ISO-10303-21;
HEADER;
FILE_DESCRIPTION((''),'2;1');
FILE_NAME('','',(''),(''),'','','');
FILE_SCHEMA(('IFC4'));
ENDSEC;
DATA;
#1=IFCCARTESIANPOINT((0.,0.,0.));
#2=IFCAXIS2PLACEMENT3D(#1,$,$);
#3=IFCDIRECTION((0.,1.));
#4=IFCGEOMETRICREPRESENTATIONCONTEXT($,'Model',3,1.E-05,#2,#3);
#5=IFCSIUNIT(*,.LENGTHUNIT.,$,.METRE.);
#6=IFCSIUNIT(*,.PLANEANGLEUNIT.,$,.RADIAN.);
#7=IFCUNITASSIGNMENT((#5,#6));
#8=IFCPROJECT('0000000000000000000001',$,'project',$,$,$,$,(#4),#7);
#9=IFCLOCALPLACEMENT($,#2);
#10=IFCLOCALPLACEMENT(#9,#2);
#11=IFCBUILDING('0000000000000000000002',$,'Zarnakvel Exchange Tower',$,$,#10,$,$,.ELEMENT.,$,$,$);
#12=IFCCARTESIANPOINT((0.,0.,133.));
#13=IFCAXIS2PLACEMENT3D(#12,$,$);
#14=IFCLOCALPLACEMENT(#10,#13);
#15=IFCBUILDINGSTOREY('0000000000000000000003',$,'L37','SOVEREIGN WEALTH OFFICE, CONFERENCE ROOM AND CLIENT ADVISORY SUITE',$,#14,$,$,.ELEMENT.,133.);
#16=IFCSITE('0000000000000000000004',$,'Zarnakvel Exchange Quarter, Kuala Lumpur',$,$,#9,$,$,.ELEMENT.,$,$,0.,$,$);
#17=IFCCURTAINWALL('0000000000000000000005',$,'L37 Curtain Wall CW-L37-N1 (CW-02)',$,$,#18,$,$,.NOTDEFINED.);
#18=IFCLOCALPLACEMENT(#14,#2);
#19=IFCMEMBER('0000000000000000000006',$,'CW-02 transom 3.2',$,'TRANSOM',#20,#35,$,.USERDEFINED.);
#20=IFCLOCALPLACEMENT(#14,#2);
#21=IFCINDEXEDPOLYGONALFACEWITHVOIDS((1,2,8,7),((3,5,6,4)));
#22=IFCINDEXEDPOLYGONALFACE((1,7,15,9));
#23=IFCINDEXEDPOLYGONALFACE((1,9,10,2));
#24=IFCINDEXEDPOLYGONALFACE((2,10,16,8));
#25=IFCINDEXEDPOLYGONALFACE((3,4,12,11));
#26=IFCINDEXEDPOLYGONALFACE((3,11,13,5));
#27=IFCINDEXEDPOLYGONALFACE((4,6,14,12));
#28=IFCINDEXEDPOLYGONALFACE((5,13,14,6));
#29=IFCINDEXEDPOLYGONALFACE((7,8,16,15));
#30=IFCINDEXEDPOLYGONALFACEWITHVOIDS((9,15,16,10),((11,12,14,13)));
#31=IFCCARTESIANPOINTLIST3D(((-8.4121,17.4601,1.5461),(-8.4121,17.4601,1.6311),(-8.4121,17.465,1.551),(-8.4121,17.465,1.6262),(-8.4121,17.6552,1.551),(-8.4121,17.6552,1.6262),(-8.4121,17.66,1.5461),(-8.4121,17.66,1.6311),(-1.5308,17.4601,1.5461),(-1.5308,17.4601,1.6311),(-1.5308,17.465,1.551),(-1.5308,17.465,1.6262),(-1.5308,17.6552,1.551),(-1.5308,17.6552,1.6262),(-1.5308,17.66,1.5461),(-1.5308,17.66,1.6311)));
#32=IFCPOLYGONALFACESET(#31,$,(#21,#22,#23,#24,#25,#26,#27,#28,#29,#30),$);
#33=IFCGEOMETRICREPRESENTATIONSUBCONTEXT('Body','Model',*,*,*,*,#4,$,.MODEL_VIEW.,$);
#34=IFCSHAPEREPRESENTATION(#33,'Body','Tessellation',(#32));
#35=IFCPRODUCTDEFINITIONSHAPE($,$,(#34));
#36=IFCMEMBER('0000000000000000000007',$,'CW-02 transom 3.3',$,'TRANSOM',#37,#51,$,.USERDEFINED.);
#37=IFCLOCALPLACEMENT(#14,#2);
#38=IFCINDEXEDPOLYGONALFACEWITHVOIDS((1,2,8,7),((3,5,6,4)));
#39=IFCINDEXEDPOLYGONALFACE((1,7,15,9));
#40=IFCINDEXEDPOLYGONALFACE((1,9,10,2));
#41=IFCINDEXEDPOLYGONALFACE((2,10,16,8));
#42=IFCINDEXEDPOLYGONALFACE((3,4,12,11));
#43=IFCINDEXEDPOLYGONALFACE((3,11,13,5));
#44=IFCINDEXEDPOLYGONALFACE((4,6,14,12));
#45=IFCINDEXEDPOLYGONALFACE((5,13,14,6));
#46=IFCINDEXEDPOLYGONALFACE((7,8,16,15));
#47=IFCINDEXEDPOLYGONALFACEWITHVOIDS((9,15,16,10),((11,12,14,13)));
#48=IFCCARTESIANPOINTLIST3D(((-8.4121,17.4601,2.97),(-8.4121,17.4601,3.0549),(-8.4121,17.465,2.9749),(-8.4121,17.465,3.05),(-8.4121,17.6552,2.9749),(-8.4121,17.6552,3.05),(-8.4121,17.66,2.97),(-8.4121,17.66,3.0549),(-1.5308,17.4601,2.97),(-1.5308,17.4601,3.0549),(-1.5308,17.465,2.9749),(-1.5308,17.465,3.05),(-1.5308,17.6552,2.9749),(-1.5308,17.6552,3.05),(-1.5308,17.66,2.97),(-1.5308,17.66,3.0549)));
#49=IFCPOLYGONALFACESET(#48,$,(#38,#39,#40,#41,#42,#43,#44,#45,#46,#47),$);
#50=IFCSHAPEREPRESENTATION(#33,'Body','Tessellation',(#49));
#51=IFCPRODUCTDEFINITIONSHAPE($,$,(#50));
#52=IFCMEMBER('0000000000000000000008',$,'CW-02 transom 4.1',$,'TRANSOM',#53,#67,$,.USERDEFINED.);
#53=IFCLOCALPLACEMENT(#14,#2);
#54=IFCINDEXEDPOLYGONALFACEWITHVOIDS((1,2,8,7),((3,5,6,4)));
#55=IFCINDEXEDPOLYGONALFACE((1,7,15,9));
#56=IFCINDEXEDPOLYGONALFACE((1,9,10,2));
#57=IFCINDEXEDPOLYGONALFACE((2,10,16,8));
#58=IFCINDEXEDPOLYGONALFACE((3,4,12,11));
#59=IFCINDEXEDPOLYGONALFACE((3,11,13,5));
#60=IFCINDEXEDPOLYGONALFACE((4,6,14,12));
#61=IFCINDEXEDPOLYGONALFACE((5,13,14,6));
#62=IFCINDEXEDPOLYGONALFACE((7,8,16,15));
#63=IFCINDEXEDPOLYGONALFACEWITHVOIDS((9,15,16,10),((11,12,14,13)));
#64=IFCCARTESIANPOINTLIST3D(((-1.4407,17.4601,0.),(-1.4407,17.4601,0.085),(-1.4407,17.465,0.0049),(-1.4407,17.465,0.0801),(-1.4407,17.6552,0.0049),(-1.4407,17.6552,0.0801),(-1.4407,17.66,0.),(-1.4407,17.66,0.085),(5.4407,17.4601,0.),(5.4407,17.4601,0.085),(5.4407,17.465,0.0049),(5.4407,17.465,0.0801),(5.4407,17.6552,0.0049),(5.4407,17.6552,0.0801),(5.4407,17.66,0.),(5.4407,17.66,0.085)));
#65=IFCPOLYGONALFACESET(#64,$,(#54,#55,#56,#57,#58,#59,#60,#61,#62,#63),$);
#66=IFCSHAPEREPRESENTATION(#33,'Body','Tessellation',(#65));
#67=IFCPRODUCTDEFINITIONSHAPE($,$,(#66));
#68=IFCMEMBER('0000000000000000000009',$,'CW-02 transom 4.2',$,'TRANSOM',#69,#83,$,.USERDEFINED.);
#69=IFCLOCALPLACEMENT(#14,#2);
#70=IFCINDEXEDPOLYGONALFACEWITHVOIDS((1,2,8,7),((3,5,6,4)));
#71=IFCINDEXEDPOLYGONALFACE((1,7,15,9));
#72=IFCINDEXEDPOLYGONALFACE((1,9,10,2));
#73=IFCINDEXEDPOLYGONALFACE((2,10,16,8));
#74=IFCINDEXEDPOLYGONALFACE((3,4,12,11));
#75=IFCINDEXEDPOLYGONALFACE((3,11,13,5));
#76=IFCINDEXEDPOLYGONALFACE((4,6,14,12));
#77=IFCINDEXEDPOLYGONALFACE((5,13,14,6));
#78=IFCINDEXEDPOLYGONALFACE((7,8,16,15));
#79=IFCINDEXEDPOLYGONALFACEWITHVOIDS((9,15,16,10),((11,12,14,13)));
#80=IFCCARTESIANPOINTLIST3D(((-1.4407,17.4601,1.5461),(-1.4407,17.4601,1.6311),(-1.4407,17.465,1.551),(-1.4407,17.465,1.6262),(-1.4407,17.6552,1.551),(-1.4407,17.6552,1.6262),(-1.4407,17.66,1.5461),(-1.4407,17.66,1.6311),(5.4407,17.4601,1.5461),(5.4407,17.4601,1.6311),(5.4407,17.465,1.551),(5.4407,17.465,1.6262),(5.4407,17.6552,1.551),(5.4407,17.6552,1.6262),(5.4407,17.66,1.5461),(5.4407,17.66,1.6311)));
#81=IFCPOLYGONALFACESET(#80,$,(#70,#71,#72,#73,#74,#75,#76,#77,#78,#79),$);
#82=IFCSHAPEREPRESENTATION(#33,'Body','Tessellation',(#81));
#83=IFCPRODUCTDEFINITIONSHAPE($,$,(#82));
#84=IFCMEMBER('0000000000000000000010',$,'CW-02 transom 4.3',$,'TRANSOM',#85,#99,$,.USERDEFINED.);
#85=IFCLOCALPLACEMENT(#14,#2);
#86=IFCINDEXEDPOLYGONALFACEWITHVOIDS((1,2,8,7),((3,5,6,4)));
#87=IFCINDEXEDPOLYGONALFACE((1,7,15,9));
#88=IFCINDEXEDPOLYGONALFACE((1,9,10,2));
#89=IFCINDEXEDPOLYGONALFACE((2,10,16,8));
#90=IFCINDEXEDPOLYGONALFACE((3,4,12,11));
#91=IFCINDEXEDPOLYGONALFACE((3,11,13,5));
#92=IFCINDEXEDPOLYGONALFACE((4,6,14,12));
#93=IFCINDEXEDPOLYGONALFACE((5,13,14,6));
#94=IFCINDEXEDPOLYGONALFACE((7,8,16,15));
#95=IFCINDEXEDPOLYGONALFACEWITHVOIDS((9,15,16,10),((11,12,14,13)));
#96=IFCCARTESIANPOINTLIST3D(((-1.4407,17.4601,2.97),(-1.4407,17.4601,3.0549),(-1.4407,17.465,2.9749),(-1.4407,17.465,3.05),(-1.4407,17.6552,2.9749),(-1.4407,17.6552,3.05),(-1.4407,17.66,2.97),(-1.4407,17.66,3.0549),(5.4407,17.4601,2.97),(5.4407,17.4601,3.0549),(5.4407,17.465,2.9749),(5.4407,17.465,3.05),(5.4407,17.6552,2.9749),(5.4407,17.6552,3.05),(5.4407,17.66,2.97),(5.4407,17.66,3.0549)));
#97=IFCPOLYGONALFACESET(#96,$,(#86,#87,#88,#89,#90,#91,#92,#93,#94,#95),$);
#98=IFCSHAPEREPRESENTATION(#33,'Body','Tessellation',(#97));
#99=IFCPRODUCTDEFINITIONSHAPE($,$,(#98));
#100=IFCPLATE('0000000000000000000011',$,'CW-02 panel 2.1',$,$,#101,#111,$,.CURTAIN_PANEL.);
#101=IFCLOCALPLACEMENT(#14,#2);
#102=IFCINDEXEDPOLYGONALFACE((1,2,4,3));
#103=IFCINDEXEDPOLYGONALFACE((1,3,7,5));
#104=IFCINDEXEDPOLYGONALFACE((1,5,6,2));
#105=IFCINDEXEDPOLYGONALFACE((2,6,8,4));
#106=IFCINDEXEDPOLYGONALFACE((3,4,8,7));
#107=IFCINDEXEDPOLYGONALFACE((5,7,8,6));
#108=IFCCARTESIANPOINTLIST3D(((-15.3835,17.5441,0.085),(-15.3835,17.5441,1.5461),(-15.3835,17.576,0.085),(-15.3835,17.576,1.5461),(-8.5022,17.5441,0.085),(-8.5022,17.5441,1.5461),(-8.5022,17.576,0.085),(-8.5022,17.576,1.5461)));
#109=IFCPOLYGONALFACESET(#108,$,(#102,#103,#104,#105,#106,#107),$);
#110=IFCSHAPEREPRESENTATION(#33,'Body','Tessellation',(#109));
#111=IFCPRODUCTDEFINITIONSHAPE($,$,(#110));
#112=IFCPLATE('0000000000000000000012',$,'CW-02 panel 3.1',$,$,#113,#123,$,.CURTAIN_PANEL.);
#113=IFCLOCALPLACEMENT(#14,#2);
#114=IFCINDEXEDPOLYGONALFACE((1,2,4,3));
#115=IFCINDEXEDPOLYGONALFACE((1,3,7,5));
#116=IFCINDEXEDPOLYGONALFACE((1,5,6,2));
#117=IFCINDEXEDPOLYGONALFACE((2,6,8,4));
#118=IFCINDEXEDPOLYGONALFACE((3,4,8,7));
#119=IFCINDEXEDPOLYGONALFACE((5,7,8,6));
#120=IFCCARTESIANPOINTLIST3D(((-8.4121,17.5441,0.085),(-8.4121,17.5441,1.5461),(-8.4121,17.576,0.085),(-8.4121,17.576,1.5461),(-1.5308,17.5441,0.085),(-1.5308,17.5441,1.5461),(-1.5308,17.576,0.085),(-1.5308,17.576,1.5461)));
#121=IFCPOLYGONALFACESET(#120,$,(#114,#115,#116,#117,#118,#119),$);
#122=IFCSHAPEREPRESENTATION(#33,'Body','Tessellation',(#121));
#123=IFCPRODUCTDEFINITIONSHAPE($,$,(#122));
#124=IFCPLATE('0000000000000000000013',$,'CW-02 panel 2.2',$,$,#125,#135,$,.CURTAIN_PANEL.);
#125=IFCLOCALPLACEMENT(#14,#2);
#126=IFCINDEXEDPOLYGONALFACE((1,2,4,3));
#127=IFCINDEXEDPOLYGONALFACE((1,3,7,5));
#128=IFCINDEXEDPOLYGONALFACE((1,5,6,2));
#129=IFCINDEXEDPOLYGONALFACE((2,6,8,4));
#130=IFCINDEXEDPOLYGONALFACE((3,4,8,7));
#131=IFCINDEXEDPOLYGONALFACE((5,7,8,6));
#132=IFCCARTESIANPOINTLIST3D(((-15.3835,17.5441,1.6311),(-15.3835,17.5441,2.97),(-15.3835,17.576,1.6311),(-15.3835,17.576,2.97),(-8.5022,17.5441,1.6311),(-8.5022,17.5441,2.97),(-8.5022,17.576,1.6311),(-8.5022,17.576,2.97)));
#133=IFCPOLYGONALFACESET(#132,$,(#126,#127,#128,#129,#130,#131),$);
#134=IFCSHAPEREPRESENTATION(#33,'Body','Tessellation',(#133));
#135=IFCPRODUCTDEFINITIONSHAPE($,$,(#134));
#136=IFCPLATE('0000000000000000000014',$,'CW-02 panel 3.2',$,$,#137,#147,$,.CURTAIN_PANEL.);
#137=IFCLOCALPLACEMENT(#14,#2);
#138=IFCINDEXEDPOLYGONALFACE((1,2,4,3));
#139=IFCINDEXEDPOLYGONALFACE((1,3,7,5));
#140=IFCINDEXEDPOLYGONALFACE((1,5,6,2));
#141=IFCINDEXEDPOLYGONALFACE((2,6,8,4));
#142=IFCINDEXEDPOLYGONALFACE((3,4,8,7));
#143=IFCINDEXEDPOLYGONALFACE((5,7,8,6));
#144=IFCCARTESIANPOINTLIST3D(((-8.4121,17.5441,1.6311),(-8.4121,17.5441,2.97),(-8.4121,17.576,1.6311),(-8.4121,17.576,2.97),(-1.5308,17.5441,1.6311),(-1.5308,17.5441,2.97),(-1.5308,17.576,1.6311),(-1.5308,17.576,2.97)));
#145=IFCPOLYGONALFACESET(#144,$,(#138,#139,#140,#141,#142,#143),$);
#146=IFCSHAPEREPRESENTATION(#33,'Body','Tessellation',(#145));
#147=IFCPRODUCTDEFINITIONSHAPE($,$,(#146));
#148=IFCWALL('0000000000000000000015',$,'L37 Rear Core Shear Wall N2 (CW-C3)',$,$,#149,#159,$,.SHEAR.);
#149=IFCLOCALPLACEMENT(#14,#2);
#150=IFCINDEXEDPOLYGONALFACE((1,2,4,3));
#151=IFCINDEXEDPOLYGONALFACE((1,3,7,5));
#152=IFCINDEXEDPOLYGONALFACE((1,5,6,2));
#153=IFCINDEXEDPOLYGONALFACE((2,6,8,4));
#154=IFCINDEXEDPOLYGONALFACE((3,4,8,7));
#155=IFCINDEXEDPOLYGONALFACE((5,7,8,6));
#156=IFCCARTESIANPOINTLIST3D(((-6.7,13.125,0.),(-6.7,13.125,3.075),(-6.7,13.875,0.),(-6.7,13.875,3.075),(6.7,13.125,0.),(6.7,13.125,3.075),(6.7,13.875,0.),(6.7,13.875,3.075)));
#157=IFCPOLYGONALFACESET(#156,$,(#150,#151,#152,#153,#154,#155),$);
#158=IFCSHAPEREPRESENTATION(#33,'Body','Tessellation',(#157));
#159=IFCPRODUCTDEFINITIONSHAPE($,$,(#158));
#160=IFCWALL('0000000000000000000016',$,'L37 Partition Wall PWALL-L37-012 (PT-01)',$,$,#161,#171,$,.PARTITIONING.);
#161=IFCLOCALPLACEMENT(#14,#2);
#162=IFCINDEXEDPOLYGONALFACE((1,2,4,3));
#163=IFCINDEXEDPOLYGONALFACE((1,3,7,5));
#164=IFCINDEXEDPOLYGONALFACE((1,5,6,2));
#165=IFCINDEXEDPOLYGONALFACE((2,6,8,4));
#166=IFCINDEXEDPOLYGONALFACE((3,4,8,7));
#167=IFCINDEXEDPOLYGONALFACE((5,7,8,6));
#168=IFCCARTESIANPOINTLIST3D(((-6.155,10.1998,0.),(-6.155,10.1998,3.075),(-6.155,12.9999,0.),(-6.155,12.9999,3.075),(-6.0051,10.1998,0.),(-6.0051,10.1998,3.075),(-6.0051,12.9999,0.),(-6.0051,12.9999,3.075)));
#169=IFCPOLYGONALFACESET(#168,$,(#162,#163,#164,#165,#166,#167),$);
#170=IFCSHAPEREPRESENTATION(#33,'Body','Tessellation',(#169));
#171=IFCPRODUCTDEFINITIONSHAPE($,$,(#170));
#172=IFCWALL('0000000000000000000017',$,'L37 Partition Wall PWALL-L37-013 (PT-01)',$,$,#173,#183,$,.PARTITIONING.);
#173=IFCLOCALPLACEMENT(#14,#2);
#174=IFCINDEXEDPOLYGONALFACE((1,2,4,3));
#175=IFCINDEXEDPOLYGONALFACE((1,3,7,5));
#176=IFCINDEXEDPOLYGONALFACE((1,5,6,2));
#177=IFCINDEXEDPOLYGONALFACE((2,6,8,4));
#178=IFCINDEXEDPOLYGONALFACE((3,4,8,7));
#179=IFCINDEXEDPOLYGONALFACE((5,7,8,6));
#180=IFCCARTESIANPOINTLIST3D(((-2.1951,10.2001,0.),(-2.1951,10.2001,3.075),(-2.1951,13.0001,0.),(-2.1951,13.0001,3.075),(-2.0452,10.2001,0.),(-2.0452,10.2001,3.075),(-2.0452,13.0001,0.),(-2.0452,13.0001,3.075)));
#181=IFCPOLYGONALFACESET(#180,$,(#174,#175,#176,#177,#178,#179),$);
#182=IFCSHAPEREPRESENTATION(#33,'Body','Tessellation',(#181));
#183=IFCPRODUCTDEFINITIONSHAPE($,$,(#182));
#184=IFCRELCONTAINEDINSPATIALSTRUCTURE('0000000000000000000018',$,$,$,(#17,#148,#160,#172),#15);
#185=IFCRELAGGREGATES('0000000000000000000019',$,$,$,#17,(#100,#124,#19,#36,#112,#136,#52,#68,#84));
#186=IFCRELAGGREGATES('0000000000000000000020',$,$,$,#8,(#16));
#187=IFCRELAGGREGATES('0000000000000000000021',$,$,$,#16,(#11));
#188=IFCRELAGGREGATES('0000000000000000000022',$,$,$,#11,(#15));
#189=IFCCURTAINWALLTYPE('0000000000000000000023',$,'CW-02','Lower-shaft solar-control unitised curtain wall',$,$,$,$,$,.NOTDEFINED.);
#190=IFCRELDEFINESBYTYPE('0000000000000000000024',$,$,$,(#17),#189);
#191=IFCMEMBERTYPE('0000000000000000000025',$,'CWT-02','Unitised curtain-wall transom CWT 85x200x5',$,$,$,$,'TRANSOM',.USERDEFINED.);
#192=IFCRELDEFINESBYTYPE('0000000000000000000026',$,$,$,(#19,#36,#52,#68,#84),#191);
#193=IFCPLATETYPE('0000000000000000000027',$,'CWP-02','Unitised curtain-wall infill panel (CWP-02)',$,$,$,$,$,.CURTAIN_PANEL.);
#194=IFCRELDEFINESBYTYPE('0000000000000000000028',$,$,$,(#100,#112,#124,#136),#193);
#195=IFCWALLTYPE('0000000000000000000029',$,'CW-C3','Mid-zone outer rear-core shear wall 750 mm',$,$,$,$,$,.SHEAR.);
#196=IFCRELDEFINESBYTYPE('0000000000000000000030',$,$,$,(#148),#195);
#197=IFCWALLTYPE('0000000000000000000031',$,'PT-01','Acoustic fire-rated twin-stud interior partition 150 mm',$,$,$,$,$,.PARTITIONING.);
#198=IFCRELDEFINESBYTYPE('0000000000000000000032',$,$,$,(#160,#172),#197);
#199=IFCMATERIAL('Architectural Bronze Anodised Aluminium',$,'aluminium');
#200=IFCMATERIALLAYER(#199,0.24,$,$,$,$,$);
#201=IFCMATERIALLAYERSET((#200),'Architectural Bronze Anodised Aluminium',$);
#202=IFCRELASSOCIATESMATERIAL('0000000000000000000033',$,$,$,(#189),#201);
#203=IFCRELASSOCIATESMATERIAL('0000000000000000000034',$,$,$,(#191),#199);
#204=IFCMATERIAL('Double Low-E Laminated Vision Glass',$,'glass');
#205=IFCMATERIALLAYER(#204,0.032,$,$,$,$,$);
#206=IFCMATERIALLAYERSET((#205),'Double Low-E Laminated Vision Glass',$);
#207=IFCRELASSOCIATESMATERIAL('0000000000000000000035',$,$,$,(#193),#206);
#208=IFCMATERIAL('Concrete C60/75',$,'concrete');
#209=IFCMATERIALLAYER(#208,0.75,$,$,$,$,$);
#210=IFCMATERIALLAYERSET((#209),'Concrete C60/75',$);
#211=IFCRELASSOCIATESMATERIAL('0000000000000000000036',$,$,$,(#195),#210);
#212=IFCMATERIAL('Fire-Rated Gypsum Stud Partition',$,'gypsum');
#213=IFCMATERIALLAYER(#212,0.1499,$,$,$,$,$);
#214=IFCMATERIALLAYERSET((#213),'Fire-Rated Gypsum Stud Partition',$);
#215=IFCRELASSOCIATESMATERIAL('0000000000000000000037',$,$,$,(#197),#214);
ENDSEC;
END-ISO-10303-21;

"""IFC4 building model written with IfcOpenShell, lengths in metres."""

from ifc_helpers import new_model, si_unit, direction, frame, frame_2d, origin, origin_2d, place, context, subcontext, project, spatial, rectangle, hollow_rectangle, extrude, source, transform, mapped, material, layer, layer_set, material_profile, profile_set, type_object, element, aggregate, save


model = new_model("IFC4")

# Units and contexts
model_context = context("Model", 3, precision=1e-05, world=origin(), true_north=direction((0.0, 1.0)))
body_context = subcontext(model_context, "Body", "Model", "MODEL_VIEW")
ifc_project = project(units=[si_unit("LENGTHUNIT", "METRE"), si_unit("PLANEANGLEUNIT", "RADIAN")], contexts=[model_context])

# Site, building, storey
site_placement = place(None, origin())
site = spatial("IfcSite", under=ifc_project, at=site_placement, Name="Zarnakvel Exchange Quarter, Kuala Lumpur", CompositionType="ELEMENT", RefElevation=0.0)
building_placement = place(site_placement, origin())
building = spatial("IfcBuilding", under=site, at=building_placement, Name="Zarnakvel Exchange Tower", CompositionType="ELEMENT")
storey_placement = place(building_placement, frame((0.0, 0.0, 133.0)))
storey = spatial("IfcBuildingStorey", under=building, at=storey_placement, Name="L37", Description="SOVEREIGN WEALTH OFFICE, CONFERENCE ROOM AND CLIENT ADVISORY SUITE", CompositionType="ELEMENT", Elevation=133.0)

# Shared definitions
ifc_material_1 = material(Name="Concrete C60/75", Category="concrete")

# Curtain wall, members, plates
ifc_material_2 = material(Name="Architectural Bronze Anodised Aluminium", Category="aluminium")
ifc_layer_1 = layer(ifc_material_2, 0.24)
ifc_layer_set_1 = layer_set([ifc_layer_1], Name="Architectural Bronze Anodised Aluminium")
curtain_wall_type = type_object("IfcCurtainWallType", Name="CW-02", Description="Lower-shaft solar-control unitised curtain wall", PredefinedType="NOTDEFINED", material=ifc_layer_set_1)
curtain_wall_placement = place(storey_placement, origin())
curtain_wall = element("IfcCurtainWall", 1, at=curtain_wall_placement, inside=storey, type_object=curtain_wall_type, Name="L37 Curtain Wall CW-L37-N1 (CW-02)", PredefinedType="NOTDEFINED")
ifc_material_profile_1 = material_profile(ifc_material_2, hollow_rectangle(XDim=0.2, YDim=0.085, WallThickness=0.0049, at=origin_2d()))
ifc_profile_set_1 = profile_set([ifc_material_profile_1], Name="Architectural Bronze Anodised Aluminium")
member_type_1 = type_object("IfcMemberType", Name="CWT-02", Description="Unitised curtain-wall transom CWT 85x200x5", ElementType="TRANSOM", PredefinedType="USERDEFINED", material=ifc_profile_set_1)
shared_shape_1 = source(origin(), body_context, "Body", "SweptSolid", [
    extrude(hollow_rectangle(XDim=0.2, YDim=0.085, WallThickness=0.0049, at=origin_2d()), origin(), (0.0, 0.0, 1.0), 6.8813),
])
member_1_placement = place(storey_placement, frame((-8.4121, 17.5601, 1.5886), z_axis=(1.0, 0.0, 0.0), x_axis=(0.0, 1.0, 0.0)))
member_1 = element("IfcMember", 2, at=member_1_placement, type_object=member_type_1, Name="CW-02 transom 3.2", ObjectType="TRANSOM", PredefinedType="USERDEFINED", context=body_context, shape_type="MappedRepresentation", body=[
    mapped(shared_shape_1, transform((0.0, 0.0, 0.0), x_axis=(1.0, 0.0, 0.0), y_axis=(0.0, 1.0, 0.0), z_axis=(0.0, 0.0, 1.0), scale=1.0)),
])
member_2_placement = place(storey_placement, frame((-8.4121, 17.5601, 3.0125), z_axis=(1.0, 0.0, 0.0), x_axis=(0.0, 1.0, 0.0)))
member_2 = element("IfcMember", 3, at=member_2_placement, type_object=member_type_1, Name="CW-02 transom 3.3", ObjectType="TRANSOM", PredefinedType="USERDEFINED", context=body_context, shape_type="MappedRepresentation", body=[
    mapped(shared_shape_1, transform((0.0, 0.0, 0.0), x_axis=(1.0, 0.0, 0.0), y_axis=(0.0, 1.0, 0.0), z_axis=(0.0, 0.0, 1.0), scale=1.0)),
])
member_3_placement = place(storey_placement, frame((-1.4407, 17.5601, 0.0425), z_axis=(1.0, 0.0, 0.0), x_axis=(0.0, 1.0, 0.0)))
member_3 = element("IfcMember", 4, at=member_3_placement, type_object=member_type_1, Name="CW-02 transom 4.1", ObjectType="TRANSOM", PredefinedType="USERDEFINED", context=body_context, shape_type="MappedRepresentation", body=[
    mapped(shared_shape_1, transform((0.0, 0.0, 0.0), x_axis=(1.0, 0.0, 0.0), y_axis=(0.0, 1.0, 0.0), z_axis=(0.0, 0.0, 1.0), scale=1.0)),
])
member_4_placement = place(storey_placement, frame((-1.4407, 17.5601, 1.5886), z_axis=(1.0, 0.0, 0.0), x_axis=(0.0, 1.0, 0.0)))
member_4 = element("IfcMember", 5, at=member_4_placement, type_object=member_type_1, Name="CW-02 transom 4.2", ObjectType="TRANSOM", PredefinedType="USERDEFINED", context=body_context, shape_type="MappedRepresentation", body=[
    mapped(shared_shape_1, transform((0.0, 0.0, 0.0), x_axis=(1.0, 0.0, 0.0), y_axis=(0.0, 1.0, 0.0), z_axis=(0.0, 0.0, 1.0), scale=1.0)),
])
member_5_placement = place(storey_placement, frame((-1.4407, 17.5601, 3.0125), z_axis=(1.0, 0.0, 0.0), x_axis=(0.0, 1.0, 0.0)))
member_5 = element("IfcMember", 6, at=member_5_placement, type_object=member_type_1, Name="CW-02 transom 4.3", ObjectType="TRANSOM", PredefinedType="USERDEFINED", context=body_context, shape_type="MappedRepresentation", body=[
    mapped(shared_shape_1, transform((0.0, 0.0, 0.0), x_axis=(1.0, 0.0, 0.0), y_axis=(0.0, 1.0, 0.0), z_axis=(0.0, 0.0, 1.0), scale=1.0)),
])
ifc_material_3 = material(Name="Double Low-E Laminated Vision Glass", Category="glass")
ifc_layer_2 = layer(ifc_material_3, 0.032)
ifc_layer_set_2 = layer_set([ifc_layer_2], Name="Double Low-E Laminated Vision Glass")
plate_type = type_object("IfcPlateType", Name="CWP-02", Description="Unitised curtain-wall infill panel (CWP-02)", PredefinedType="CURTAIN_PANEL", material=ifc_layer_set_2)
shared_shape_2 = source(origin(), body_context, "Body", "SweptSolid", [
    extrude(rectangle(XDim=6.8813, YDim=0.032, at=origin_2d()), origin(), (0.0, 0.0, 1.0), 1.4612),
])
plate_1_placement = place(storey_placement, frame((-11.9429, 17.5601, 0.085), z_axis=(0.0, 0.0, 1.0), x_axis=(1.0, 0.0, 0.0)))
plate_1 = element("IfcPlate", 7, at=plate_1_placement, type_object=plate_type, Name="CW-02 panel 2.1", PredefinedType="CURTAIN_PANEL", context=body_context, shape_type="MappedRepresentation", body=[
    mapped(shared_shape_2, transform((0.0, 0.0, 0.0), x_axis=(1.0, 0.0, 0.0), y_axis=(0.0, 1.0, 0.0), z_axis=(0.0, 0.0, 1.0), scale=1.0)),
])
plate_2_placement = place(storey_placement, frame((-4.9714, 17.5601, 0.085), z_axis=(0.0, 0.0, 1.0), x_axis=(1.0, 0.0, 0.0)))
plate_2 = element("IfcPlate", 8, at=plate_2_placement, type_object=plate_type, Name="CW-02 panel 3.1", PredefinedType="CURTAIN_PANEL", context=body_context, shape_type="MappedRepresentation", body=[
    mapped(shared_shape_2, transform((0.0, 0.0, 0.0), x_axis=(1.0, 0.0, 0.0), y_axis=(0.0, 1.0, 0.0), z_axis=(0.0, 0.0, 1.0), scale=1.0)),
])
shared_shape_3 = source(origin(), body_context, "Body", "SweptSolid", [
    extrude(rectangle(XDim=6.8813, YDim=0.032, at=origin_2d()), origin(), (0.0, 0.0, 1.0), 1.3389),
])
plate_3_placement = place(storey_placement, frame((-11.9429, 17.5601, 1.6311), z_axis=(0.0, 0.0, 1.0), x_axis=(1.0, 0.0, 0.0)))
plate_3 = element("IfcPlate", 9, at=plate_3_placement, type_object=plate_type, Name="CW-02 panel 2.2", PredefinedType="CURTAIN_PANEL", context=body_context, shape_type="MappedRepresentation", body=[
    mapped(shared_shape_3, transform((0.0, 0.0, 0.0), x_axis=(1.0, 0.0, 0.0), y_axis=(0.0, 1.0, 0.0), z_axis=(0.0, 0.0, 1.0), scale=1.0)),
])
plate_4_placement = place(storey_placement, frame((-4.9714, 17.5601, 1.6311), z_axis=(0.0, 0.0, 1.0), x_axis=(1.0, 0.0, 0.0)))
plate_4 = element("IfcPlate", 10, at=plate_4_placement, type_object=plate_type, Name="CW-02 panel 3.2", PredefinedType="CURTAIN_PANEL", context=body_context, shape_type="MappedRepresentation", body=[
    mapped(shared_shape_3, transform((0.0, 0.0, 0.0), x_axis=(1.0, 0.0, 0.0), y_axis=(0.0, 1.0, 0.0), z_axis=(0.0, 0.0, 1.0), scale=1.0)),
])
aggregate(curtain_wall, [plate_1, plate_3, member_1, member_2, plate_2, plate_4, member_3, member_4, member_5])

# Wall
ifc_layer_3 = layer(ifc_material_1, 0.75)
ifc_layer_set_3 = layer_set([ifc_layer_3], Name="Concrete C60/75")
wall_type_1 = type_object("IfcWallType", Name="CW-C3", Description="Mid-zone outer rear-core shear wall 750 mm", PredefinedType="SHEAR", material=ifc_layer_set_3)
wall_1_placement = place(storey_placement, frame((-6.7, 13.5, 0.0), z_axis=(0.0, 0.0, 1.0), x_axis=(1.0, 0.0, 0.0)))
element("IfcWall", 11, at=wall_1_placement, inside=storey, type_object=wall_type_1, Name="L37 Rear Core Shear Wall N2 (CW-C3)", PredefinedType="SHEAR", context=body_context, shape_type="SweptSolid", body=[
    extrude(rectangle(XDim=13.3999, YDim=0.75, at=frame_2d((6.7, 0.0))), origin(), (0.0, 0.0, 1.0), 3.075),
])

# Shared definitions
ifc_material_4 = material(Name="Fire-Rated Gypsum Stud Partition", Category="gypsum")
ifc_layer_4 = layer(ifc_material_4, 0.1499)
ifc_layer_set_4 = layer_set([ifc_layer_4], Name="Fire-Rated Gypsum Stud Partition")
wall_type_2 = type_object("IfcWallType", Name="PT-01", Description="Acoustic fire-rated twin-stud interior partition 150 mm", PredefinedType="PARTITIONING", material=ifc_layer_set_4)

# Walls
for number, where, z_axis, x_axis, name in (
    (12, (-6.0801, 10.2, 0.0), (0.0, 0.0, 1.0), (0.0, 1.0, 0.0), "L37 Partition Wall PWALL-L37-012 (PT-01)"),
    (13, (-2.1201, 13.0, 0.0), (0.0, 0.0, 1.0), (0.0, -1.0, 0.0), "L37 Partition Wall PWALL-L37-013 (PT-01)"),
):
    element("IfcWall", number, at=place(storey_placement, frame(where, z_axis=z_axis, x_axis=x_axis)), inside=storey, type_object=wall_type_2, Name=name, PredefinedType="PARTITIONING", context=body_context, shape_type="SweptSolid", body=[
        extrude(rectangle(XDim=2.8, YDim=0.1499, at=frame_2d((1.3999, 0.0))), origin(), (0.0, 0.0, 1.0), 3.075),
    ])

save(model, "model.ifc")
